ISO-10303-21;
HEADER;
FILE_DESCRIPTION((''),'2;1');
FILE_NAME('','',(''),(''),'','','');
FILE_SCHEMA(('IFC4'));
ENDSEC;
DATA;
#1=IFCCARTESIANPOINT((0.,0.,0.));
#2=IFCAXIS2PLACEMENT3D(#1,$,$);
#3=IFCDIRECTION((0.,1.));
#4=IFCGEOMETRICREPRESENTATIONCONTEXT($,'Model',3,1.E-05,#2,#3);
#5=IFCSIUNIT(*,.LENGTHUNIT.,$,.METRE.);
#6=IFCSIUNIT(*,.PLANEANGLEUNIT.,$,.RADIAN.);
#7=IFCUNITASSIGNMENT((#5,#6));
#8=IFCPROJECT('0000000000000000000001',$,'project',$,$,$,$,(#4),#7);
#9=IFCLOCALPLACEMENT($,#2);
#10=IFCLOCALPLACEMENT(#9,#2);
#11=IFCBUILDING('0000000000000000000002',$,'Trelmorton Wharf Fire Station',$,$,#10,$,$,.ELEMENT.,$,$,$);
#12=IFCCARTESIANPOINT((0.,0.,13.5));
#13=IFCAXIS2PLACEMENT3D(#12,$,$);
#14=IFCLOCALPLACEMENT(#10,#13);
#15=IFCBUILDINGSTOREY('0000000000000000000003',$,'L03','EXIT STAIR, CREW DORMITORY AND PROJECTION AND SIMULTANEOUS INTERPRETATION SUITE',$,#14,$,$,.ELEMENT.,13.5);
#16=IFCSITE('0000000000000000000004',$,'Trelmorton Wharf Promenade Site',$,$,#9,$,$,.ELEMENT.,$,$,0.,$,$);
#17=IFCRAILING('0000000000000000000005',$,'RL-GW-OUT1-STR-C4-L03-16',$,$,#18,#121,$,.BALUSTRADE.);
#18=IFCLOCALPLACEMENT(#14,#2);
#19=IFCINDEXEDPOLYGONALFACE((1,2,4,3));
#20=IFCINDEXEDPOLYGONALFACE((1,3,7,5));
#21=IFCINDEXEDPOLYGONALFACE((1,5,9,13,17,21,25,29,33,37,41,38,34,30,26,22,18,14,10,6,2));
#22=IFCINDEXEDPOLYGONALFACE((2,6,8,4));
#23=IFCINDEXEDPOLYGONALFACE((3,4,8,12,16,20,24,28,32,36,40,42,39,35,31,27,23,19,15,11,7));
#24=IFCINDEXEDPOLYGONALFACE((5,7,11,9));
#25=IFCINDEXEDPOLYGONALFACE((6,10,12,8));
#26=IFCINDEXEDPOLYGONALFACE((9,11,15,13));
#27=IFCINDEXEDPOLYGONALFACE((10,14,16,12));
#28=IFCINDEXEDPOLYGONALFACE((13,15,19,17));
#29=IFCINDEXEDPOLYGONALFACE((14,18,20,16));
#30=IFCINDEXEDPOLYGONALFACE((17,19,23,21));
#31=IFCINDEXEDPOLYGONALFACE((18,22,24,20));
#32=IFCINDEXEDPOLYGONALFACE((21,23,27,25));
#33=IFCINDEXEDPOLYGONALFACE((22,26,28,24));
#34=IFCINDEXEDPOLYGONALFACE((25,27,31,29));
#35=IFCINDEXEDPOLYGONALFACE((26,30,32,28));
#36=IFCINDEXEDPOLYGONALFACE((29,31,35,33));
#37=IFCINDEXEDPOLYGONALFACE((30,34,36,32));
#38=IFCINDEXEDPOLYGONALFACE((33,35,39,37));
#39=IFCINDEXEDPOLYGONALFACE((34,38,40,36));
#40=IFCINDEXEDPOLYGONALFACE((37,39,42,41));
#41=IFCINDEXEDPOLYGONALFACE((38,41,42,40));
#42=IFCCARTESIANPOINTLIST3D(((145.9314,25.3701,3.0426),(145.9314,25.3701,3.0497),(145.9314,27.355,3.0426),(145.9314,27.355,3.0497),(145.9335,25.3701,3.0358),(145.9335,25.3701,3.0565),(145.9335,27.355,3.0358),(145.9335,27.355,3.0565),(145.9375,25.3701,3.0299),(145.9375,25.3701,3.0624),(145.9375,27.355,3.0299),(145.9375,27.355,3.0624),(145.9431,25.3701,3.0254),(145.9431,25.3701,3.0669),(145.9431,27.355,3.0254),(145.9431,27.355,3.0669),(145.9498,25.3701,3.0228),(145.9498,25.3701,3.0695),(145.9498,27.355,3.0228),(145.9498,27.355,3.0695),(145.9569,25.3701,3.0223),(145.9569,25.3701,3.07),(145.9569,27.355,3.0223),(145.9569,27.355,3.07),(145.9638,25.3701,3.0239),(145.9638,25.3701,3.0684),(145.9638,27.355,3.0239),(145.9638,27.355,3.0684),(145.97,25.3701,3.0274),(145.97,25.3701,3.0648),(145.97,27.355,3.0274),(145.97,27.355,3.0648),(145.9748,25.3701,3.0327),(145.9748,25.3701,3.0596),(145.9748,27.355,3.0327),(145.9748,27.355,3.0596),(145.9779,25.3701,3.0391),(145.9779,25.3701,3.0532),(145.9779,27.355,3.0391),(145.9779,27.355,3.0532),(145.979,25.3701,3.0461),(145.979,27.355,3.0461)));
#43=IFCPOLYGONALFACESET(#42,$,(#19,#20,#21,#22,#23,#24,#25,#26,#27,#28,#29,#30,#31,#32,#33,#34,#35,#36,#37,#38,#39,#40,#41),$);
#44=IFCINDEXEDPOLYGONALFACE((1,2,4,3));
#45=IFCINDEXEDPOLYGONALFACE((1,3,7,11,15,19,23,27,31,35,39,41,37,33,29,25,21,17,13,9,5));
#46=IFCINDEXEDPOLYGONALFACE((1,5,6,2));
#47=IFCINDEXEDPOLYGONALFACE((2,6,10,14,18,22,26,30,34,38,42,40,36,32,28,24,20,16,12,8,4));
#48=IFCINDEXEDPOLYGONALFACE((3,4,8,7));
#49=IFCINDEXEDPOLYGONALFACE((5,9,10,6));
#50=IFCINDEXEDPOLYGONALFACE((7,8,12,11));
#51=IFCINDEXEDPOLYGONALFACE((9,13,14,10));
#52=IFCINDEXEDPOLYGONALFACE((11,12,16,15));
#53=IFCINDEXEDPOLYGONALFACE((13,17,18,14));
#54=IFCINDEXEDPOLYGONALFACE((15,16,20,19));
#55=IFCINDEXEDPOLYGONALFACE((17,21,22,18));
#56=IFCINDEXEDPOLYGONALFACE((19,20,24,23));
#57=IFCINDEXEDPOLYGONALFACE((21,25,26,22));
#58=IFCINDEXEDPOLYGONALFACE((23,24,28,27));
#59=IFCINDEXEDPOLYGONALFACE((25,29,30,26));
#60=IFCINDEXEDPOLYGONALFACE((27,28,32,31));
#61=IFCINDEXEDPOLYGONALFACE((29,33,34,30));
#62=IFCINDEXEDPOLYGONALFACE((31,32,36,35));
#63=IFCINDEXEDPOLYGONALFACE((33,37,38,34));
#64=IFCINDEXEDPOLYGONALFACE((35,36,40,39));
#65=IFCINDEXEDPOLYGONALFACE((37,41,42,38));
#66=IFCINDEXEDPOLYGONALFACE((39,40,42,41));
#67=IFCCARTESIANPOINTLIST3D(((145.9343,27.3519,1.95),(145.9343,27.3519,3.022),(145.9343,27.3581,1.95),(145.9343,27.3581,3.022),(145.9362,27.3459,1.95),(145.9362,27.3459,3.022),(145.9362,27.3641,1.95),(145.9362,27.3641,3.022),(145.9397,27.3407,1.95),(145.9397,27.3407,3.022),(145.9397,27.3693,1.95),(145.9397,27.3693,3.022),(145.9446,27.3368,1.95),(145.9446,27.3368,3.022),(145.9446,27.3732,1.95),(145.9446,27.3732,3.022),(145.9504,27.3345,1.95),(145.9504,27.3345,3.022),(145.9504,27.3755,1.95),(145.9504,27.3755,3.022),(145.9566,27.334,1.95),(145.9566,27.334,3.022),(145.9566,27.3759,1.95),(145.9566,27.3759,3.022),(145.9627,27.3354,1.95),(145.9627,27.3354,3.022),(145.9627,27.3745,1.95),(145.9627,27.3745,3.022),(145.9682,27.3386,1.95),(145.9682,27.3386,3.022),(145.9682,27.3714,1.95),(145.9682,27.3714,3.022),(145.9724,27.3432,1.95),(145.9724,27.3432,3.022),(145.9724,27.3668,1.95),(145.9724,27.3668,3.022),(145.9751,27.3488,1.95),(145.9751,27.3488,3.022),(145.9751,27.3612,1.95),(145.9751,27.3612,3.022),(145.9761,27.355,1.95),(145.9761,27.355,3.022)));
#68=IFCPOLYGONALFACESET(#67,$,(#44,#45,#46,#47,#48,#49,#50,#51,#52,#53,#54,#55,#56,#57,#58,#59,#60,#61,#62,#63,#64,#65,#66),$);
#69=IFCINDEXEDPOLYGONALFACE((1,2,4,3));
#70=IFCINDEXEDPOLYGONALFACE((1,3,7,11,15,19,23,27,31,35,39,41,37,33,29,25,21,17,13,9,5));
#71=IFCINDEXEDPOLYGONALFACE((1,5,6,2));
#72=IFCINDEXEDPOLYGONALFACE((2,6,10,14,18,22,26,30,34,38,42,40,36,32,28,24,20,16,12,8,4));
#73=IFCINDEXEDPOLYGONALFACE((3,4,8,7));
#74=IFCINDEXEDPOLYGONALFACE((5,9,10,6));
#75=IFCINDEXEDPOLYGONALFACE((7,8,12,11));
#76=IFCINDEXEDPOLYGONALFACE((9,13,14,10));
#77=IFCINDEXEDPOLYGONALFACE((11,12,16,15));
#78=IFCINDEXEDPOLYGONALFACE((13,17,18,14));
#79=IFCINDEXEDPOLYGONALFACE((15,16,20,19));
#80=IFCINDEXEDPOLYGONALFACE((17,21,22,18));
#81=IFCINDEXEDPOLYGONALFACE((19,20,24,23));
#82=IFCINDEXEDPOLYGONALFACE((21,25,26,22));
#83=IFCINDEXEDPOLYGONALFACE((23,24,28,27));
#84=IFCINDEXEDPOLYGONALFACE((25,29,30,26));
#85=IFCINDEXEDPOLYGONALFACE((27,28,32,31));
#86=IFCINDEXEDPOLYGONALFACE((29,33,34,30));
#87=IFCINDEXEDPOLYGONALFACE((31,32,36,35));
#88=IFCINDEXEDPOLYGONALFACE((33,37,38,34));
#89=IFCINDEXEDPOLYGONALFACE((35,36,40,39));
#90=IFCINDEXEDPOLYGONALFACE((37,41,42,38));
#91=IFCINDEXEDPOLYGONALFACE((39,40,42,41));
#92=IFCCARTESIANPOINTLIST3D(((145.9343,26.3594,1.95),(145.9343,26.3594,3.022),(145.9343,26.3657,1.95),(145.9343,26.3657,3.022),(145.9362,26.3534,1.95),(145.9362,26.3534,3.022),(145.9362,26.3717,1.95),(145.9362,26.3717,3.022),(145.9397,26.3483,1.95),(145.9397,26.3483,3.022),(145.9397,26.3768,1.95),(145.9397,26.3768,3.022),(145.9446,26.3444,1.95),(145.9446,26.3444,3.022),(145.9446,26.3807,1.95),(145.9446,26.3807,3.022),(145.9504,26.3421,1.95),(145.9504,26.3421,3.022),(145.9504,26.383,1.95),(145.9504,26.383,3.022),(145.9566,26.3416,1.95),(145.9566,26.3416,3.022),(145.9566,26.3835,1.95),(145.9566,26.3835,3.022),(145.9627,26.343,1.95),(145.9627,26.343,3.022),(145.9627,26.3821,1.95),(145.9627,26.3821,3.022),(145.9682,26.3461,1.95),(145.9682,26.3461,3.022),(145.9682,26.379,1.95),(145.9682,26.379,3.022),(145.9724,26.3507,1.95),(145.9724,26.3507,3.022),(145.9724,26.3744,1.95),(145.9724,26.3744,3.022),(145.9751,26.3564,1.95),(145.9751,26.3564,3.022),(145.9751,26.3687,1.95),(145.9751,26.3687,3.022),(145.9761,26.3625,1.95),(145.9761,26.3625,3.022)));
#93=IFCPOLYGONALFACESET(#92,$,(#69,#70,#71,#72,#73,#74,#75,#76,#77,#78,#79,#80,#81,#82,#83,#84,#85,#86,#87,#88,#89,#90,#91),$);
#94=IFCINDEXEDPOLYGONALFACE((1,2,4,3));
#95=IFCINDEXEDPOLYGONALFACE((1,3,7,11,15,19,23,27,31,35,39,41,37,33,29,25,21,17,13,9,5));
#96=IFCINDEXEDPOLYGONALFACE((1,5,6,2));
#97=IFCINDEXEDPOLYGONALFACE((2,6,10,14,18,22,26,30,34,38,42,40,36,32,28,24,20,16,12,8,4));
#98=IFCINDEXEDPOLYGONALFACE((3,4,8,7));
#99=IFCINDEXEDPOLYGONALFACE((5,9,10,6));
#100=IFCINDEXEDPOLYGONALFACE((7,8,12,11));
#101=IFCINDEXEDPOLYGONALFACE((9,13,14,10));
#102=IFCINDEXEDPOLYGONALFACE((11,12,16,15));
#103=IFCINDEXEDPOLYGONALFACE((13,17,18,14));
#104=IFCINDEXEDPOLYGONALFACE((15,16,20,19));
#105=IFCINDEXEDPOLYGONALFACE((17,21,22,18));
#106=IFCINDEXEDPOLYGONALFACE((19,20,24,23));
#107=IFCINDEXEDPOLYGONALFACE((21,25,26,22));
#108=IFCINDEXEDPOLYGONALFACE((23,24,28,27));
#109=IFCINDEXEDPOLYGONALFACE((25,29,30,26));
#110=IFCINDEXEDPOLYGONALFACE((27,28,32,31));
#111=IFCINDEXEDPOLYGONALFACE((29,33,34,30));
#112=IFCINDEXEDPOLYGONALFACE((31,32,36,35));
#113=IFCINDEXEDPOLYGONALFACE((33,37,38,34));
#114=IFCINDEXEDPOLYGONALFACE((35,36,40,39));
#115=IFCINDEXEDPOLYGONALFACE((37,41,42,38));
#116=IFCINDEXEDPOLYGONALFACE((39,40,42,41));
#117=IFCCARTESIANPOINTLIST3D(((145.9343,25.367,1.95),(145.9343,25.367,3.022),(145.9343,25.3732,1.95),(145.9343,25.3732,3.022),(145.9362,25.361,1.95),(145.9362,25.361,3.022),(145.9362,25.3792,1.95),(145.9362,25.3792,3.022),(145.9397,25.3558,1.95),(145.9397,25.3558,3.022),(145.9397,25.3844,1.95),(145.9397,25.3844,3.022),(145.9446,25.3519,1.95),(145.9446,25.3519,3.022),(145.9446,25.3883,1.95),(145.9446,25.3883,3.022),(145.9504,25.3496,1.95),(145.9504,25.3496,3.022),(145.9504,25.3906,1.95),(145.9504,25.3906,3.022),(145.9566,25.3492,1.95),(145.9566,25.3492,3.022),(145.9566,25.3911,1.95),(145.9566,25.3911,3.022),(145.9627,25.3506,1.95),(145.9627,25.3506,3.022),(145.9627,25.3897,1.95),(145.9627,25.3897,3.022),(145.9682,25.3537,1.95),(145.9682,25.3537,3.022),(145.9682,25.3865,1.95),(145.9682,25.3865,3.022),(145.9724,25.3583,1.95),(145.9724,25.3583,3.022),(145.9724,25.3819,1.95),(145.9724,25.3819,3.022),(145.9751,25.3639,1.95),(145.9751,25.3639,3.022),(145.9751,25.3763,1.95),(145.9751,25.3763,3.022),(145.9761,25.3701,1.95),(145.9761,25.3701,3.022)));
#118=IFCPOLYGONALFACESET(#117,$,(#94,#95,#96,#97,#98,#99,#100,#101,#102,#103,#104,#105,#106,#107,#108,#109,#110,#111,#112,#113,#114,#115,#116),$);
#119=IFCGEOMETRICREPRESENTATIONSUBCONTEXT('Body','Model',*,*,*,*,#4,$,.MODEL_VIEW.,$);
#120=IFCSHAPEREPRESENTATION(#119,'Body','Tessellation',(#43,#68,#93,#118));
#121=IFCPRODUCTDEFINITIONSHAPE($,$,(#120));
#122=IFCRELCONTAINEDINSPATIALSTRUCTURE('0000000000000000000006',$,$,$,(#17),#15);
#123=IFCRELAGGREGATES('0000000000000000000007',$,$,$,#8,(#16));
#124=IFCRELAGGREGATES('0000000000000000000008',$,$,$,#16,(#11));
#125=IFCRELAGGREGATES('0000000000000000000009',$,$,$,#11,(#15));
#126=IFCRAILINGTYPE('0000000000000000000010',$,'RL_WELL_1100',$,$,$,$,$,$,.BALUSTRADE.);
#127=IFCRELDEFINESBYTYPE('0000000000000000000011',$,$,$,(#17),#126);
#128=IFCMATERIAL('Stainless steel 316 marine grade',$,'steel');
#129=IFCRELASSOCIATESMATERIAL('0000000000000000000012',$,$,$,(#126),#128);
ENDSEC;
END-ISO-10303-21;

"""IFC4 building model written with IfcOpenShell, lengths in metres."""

from ifc_helpers import new_model, si_unit, direction, frame, origin, origin_2d, place, context, subcontext, project, spatial, circle, extrude, material, type_object, element, save


model = new_model("IFC4")

# Units and contexts
model_context = context("Model", 3, precision=1e-05, world=origin(), true_north=direction((0.0, 1.0)))
body_context = subcontext(model_context, "Body", "Model", "MODEL_VIEW")
ifc_project = project(units=[si_unit("LENGTHUNIT", "METRE"), si_unit("PLANEANGLEUNIT", "RADIAN")], contexts=[model_context])

# Site, building, storey
site_placement = place(None, origin())
site = spatial("IfcSite", under=ifc_project, at=site_placement, Name="Trelmorton Wharf Promenade Site", CompositionType="ELEMENT", RefElevation=0.0)
building_placement = place(site_placement, origin())
building = spatial("IfcBuilding", under=site, at=building_placement, Name="Trelmorton Wharf Fire Station", CompositionType="ELEMENT")
storey_placement = place(building_placement, frame((0.0, 0.0, 13.5)))
storey = spatial("IfcBuildingStorey", under=building, at=storey_placement, Name="L03", Description="EXIT STAIR, CREW DORMITORY AND PROJECTION AND SIMULTANEOUS INTERPRETATION SUITE", CompositionType="ELEMENT", Elevation=13.5)

# Shared definitions
ifc_material_1 = material(Name="Stainless steel 316 marine grade", Category="steel")

# Railing
railing_type_1 = type_object("IfcRailingType", Name="RL_WELL_1100", PredefinedType="BALUSTRADE", material=ifc_material_1)
railing_1_placement = place(storey_placement, frame((145.9551, 27.355, 1.95)))
element("IfcRailing", 1, at=railing_1_placement, inside=storey, type_object=railing_type_1, Name="RL-GW-OUT1-STR-C4-L03-16", PredefinedType="BALUSTRADE", context=body_context, shape_type="SweptSolid", body=[
    extrude(circle(Radius=0.0239, at=origin_2d()), frame((0.0, 0.0, 1.0962), z_axis=(0.0, -1.0, 0.0), x_axis=(1.0, 0.0, 0.0)), (0.0, 0.0, 1.0), 1.9849),
    extrude(circle(Radius=0.021, at=origin_2d()), origin(), (0.0, 0.0, 1.0), 1.072),
    extrude(circle(Radius=0.021, at=origin_2d()), frame((0.0, -0.9924, 0.0)), (0.0, 0.0, 1.0), 1.072),
    extrude(circle(Radius=0.021, at=origin_2d()), frame((0.0, -1.9849, 0.0)), (0.0, 0.0, 1.0), 1.072),
])

save(model, "model.ifc")
